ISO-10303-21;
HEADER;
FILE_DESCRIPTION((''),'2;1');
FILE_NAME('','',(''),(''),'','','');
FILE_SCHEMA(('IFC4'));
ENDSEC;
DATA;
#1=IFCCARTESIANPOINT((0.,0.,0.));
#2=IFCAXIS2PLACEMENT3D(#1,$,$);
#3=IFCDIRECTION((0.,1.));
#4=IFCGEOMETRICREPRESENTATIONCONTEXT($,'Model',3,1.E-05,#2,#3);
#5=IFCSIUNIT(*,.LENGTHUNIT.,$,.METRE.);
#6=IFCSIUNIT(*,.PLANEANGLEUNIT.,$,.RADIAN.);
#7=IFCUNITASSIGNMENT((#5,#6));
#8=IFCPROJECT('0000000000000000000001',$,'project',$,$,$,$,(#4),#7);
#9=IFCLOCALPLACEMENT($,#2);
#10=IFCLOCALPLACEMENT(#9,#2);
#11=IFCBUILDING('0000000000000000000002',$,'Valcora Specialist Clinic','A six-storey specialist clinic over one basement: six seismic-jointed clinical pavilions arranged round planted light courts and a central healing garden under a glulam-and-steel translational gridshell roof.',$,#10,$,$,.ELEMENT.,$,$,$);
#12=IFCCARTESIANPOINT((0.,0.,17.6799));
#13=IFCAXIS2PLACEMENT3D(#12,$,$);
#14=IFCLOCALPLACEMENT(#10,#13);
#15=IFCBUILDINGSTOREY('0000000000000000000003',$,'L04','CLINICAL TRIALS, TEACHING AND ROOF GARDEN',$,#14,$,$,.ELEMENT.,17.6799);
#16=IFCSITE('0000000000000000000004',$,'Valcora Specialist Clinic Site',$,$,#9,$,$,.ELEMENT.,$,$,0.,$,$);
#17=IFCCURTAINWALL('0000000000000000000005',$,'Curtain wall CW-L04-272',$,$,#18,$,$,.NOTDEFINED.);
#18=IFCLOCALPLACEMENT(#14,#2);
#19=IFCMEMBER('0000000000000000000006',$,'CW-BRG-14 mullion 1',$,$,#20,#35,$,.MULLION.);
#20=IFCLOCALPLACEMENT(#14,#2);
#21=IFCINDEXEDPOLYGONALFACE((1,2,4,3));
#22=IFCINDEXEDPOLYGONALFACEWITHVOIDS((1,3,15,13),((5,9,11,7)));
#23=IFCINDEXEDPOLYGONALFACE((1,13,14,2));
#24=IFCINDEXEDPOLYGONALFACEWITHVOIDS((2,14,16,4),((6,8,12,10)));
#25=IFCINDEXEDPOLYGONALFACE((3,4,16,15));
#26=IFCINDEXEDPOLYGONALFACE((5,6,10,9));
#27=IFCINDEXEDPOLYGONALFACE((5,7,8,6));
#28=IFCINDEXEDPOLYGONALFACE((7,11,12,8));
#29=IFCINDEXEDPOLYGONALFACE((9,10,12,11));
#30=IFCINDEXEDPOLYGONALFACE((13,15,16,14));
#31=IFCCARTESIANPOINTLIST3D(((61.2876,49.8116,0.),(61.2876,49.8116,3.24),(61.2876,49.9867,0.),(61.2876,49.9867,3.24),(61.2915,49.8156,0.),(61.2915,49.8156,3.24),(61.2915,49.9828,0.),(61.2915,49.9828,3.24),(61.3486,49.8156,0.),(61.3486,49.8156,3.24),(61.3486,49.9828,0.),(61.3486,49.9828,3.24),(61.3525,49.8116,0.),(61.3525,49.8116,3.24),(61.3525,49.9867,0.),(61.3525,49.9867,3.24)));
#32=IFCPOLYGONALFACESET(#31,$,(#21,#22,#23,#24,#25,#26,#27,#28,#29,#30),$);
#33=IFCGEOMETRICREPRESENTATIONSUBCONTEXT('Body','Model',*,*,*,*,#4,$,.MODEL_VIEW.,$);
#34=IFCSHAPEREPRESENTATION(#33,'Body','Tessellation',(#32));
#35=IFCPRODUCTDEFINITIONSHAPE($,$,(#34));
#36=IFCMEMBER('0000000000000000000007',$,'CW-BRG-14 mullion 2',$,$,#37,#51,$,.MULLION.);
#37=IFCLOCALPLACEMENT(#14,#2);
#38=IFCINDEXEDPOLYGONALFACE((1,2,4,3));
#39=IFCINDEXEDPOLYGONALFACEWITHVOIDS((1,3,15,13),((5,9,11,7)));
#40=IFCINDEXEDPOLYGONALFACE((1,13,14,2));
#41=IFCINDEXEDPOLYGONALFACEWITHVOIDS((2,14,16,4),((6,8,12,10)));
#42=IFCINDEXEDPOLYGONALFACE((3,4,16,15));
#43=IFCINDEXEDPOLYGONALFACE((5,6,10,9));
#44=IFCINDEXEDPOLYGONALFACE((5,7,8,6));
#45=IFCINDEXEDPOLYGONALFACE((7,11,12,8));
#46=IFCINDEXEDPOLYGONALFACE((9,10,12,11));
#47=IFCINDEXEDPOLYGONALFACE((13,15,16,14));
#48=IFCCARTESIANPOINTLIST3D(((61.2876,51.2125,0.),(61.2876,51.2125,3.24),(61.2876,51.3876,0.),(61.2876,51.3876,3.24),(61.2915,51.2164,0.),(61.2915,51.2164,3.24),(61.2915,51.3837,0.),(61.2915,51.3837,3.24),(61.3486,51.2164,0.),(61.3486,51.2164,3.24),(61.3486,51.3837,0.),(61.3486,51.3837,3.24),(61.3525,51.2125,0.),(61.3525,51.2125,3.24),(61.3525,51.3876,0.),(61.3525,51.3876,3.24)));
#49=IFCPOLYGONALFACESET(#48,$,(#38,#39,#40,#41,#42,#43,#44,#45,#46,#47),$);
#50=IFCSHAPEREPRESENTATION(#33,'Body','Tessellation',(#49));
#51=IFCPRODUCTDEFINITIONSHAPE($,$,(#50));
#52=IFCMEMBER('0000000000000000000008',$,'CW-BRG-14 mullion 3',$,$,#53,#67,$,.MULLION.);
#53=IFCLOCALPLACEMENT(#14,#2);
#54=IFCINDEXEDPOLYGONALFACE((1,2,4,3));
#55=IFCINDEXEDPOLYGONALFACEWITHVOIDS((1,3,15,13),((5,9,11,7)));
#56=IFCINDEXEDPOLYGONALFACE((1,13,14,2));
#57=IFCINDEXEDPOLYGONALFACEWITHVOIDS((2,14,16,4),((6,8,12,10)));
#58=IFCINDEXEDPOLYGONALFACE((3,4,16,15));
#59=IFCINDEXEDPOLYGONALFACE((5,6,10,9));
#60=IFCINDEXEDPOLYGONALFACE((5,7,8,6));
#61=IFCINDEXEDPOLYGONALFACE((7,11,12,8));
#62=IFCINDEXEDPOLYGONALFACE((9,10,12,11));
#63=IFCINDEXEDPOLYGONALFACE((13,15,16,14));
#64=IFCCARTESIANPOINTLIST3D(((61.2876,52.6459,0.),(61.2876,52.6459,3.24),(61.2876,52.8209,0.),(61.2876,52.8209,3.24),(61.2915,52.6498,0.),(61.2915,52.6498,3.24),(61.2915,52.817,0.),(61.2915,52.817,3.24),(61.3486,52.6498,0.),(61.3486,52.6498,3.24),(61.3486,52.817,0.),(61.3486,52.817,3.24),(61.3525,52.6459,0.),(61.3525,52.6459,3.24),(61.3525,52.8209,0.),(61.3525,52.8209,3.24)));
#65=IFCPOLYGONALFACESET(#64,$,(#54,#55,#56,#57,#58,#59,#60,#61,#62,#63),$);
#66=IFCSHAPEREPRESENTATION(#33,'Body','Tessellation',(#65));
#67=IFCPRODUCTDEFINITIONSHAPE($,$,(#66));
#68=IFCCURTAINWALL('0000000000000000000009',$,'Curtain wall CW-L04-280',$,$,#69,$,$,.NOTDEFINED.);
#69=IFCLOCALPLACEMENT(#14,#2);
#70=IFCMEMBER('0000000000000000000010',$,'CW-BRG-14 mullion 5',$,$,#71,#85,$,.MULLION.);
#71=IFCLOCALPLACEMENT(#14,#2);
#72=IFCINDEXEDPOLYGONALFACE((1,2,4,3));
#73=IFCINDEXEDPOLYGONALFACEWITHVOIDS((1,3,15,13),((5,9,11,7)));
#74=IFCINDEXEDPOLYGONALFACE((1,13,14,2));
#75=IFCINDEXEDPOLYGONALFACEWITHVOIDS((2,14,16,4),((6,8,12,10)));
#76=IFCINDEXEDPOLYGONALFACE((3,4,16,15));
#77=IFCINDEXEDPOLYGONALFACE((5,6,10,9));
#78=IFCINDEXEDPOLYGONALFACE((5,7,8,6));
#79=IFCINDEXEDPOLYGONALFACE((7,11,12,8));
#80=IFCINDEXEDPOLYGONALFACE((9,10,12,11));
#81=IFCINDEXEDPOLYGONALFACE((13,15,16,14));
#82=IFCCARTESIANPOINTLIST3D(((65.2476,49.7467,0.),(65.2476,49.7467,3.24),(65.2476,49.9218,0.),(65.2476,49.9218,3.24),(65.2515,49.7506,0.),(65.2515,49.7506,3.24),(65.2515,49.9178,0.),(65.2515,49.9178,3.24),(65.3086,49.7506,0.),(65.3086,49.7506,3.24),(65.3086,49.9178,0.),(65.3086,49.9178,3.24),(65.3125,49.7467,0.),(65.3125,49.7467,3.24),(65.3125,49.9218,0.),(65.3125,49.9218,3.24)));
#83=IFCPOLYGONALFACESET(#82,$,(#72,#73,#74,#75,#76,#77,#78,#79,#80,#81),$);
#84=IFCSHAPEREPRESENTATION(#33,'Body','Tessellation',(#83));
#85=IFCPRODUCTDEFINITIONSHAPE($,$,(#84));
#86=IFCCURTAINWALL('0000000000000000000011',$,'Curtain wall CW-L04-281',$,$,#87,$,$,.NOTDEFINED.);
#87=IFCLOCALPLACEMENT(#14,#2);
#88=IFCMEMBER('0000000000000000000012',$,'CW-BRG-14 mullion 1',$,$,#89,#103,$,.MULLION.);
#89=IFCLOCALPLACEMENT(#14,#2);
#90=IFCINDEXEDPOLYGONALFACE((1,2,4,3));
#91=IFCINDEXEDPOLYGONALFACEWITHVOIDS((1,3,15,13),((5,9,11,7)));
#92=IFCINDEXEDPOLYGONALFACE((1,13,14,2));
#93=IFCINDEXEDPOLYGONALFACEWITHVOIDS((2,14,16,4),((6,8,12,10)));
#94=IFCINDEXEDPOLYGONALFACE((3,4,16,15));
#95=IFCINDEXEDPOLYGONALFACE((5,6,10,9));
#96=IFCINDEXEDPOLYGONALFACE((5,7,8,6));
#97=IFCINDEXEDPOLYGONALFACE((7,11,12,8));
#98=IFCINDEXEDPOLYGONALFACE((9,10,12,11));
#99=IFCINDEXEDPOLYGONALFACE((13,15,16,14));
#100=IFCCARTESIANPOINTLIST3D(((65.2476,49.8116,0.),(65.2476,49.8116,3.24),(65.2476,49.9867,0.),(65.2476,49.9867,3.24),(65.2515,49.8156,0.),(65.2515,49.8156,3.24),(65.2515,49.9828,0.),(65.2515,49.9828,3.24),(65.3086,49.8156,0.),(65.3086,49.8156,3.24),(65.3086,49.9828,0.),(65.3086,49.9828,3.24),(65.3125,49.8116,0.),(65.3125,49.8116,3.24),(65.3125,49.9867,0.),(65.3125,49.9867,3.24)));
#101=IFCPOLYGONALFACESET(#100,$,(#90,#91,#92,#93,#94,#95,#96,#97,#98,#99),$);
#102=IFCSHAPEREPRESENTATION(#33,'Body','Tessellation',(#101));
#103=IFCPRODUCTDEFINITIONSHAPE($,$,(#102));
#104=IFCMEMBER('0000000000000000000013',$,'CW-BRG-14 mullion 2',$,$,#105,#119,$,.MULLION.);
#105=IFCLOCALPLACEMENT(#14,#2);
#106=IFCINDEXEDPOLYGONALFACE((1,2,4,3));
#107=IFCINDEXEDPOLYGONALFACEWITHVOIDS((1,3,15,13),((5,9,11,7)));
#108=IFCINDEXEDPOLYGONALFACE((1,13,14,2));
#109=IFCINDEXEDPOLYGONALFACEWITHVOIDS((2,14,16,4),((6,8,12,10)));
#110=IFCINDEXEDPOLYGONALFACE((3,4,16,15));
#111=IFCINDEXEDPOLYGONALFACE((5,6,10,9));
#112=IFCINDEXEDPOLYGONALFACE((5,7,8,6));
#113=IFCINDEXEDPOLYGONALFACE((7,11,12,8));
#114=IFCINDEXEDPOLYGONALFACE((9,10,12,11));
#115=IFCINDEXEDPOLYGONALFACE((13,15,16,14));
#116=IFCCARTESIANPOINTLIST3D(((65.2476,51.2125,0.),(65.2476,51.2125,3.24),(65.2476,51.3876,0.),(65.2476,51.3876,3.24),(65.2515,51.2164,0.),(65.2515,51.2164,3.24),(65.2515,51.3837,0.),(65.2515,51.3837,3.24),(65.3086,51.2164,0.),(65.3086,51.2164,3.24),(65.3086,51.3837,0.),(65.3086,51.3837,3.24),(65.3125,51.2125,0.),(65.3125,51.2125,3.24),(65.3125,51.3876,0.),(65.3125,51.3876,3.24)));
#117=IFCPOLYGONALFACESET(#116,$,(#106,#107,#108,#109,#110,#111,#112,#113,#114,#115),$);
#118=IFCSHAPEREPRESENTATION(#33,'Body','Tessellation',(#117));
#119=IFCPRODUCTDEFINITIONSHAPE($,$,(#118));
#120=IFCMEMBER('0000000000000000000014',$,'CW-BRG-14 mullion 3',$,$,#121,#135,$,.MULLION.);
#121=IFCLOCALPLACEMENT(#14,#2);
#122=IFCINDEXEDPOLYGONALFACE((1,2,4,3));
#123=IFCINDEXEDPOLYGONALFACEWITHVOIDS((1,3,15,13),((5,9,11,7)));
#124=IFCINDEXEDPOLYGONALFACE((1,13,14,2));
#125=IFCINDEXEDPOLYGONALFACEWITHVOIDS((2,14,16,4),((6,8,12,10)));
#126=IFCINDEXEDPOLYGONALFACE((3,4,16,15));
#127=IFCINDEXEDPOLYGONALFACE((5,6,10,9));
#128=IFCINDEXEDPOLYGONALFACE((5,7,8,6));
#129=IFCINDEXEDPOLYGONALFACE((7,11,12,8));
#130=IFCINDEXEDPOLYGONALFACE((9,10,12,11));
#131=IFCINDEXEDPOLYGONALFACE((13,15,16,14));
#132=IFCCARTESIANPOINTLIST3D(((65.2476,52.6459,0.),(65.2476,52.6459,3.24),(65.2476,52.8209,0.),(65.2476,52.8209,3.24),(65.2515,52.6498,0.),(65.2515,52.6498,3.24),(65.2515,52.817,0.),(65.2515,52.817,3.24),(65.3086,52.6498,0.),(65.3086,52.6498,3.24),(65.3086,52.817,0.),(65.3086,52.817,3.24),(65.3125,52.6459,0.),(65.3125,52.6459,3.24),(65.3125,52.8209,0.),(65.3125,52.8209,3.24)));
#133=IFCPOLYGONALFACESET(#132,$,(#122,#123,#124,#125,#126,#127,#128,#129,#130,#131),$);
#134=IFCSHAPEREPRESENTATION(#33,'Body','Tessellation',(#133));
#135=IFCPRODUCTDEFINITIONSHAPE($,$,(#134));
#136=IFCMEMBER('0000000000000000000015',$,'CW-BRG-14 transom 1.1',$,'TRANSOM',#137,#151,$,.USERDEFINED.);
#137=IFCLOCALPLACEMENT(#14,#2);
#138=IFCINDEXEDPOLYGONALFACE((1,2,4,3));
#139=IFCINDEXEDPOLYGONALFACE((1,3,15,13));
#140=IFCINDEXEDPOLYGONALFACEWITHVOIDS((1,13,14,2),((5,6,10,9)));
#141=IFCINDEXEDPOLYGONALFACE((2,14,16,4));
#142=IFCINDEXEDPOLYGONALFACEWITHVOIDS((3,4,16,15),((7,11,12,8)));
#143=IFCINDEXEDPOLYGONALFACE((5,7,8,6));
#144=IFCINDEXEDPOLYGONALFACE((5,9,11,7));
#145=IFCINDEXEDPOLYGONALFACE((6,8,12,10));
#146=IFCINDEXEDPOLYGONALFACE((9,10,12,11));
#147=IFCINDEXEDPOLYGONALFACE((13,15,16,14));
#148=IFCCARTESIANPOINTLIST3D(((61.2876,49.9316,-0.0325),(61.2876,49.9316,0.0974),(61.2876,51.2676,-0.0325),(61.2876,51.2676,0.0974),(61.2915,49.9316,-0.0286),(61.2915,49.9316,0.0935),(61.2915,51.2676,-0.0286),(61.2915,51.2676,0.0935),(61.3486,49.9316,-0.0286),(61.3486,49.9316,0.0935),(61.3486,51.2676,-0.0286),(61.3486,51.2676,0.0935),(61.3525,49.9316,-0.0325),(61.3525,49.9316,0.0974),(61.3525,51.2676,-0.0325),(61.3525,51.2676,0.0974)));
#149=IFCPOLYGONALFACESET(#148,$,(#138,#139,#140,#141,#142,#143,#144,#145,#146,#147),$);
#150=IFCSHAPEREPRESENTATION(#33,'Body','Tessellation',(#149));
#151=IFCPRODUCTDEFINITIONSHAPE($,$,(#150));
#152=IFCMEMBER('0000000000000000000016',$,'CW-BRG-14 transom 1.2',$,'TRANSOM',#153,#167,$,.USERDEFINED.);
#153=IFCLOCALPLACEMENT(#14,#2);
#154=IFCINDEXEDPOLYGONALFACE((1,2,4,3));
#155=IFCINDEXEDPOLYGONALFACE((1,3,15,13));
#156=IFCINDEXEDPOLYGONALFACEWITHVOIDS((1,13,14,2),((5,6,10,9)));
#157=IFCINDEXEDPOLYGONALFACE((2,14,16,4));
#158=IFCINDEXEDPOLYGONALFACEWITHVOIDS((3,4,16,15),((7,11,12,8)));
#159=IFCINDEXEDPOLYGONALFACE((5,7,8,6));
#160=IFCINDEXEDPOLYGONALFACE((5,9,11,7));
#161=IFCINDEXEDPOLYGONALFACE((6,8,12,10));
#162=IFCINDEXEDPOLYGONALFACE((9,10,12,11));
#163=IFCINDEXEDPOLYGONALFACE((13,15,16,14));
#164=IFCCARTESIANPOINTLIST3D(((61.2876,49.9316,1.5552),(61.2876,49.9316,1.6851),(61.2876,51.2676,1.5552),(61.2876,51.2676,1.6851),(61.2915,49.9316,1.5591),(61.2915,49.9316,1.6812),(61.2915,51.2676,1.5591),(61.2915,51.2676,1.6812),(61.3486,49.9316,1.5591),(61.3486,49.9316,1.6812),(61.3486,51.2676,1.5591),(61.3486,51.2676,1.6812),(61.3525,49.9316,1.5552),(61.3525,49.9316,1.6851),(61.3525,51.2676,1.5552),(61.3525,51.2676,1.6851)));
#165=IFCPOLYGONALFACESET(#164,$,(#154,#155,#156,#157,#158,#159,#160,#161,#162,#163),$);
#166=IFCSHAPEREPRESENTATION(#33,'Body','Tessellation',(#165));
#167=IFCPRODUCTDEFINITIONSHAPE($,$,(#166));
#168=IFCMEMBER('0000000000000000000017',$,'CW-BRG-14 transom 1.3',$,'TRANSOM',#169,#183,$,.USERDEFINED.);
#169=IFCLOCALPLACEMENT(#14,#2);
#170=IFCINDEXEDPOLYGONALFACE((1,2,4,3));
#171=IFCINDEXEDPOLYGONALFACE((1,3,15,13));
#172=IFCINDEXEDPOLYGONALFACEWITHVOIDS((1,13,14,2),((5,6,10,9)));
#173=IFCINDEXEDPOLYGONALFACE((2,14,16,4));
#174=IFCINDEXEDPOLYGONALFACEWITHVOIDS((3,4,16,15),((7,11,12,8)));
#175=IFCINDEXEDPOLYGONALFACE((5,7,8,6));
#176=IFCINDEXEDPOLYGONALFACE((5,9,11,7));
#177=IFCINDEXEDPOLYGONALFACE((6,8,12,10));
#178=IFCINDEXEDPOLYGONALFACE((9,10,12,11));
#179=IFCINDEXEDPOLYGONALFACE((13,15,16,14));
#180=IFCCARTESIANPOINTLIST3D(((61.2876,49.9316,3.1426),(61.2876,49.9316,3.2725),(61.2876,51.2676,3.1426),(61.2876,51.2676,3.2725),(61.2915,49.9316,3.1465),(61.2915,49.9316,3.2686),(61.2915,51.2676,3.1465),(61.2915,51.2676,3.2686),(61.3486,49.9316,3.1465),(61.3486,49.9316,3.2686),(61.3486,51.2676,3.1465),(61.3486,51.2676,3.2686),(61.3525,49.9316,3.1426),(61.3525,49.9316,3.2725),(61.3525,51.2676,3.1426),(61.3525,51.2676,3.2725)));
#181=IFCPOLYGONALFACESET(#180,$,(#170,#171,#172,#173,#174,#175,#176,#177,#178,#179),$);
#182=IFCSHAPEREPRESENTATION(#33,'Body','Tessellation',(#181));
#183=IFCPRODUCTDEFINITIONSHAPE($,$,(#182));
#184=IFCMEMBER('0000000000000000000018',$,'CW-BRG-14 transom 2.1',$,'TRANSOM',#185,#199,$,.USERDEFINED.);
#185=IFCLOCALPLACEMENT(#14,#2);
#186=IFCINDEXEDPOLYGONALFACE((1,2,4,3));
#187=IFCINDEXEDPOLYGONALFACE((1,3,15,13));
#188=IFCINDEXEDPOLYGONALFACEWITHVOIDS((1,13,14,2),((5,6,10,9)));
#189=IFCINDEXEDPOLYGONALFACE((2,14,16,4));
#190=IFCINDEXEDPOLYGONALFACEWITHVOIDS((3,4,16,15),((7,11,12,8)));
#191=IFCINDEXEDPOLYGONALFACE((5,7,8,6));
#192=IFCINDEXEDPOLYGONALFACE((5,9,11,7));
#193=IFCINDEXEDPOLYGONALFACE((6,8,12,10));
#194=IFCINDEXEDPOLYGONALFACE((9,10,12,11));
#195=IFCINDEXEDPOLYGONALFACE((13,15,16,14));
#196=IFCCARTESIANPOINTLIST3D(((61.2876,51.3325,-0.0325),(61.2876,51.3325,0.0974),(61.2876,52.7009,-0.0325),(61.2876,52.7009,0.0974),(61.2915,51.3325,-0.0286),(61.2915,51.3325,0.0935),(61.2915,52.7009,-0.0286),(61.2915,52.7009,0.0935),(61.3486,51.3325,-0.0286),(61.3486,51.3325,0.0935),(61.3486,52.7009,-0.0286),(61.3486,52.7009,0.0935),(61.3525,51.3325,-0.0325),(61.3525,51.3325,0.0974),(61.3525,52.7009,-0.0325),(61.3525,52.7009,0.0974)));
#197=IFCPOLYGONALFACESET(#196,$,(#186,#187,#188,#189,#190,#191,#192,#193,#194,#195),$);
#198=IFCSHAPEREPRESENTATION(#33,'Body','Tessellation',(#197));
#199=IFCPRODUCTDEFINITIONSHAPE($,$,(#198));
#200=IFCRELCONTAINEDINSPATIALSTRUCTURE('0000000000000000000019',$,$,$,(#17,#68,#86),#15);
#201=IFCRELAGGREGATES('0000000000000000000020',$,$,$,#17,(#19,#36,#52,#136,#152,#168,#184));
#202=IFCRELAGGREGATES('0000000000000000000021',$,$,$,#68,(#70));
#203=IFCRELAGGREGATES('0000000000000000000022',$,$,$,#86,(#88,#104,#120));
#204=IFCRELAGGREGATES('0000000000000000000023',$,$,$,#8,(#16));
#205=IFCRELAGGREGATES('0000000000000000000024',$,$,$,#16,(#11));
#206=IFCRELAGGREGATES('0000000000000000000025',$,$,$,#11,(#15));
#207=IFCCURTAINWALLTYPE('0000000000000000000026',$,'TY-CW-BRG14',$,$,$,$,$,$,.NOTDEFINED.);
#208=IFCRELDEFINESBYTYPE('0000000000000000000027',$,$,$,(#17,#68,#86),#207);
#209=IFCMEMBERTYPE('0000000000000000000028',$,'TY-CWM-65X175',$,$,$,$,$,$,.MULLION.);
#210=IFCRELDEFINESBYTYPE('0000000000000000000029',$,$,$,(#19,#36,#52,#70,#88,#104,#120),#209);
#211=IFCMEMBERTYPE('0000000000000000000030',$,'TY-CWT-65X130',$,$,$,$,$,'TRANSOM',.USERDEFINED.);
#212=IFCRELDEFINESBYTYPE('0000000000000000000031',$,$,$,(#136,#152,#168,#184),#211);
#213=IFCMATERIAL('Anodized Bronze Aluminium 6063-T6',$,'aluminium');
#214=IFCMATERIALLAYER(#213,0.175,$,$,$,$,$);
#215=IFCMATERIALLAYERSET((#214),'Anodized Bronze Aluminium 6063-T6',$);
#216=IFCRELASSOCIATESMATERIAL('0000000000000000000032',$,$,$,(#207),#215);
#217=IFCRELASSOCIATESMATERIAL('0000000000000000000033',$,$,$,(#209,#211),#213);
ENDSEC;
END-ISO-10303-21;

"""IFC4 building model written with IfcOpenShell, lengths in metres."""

from ifc_helpers import new_model, si_unit, direction, frame, origin, origin_2d, place, context, subcontext, project, spatial, hollow_rectangle, extrude, material, layer, layer_set, material_profile, profile_set, type_object, element, aggregate, save


model = new_model("IFC4")

# Units and contexts
model_context = context("Model", 3, precision=1e-05, world=origin(), true_north=direction((0.0, 1.0)))
body_context = subcontext(model_context, "Body", "Model", "MODEL_VIEW")
ifc_project = project(units=[si_unit("LENGTHUNIT", "METRE"), si_unit("PLANEANGLEUNIT", "RADIAN")], contexts=[model_context])

# Site, building, storey
site_placement = place(None, origin())
site = spatial("IfcSite", under=ifc_project, at=site_placement, Name="Valcora Specialist Clinic Site", CompositionType="ELEMENT", RefElevation=0.0)
building_placement = place(site_placement, origin())
building = spatial("IfcBuilding", under=site, at=building_placement, Name="Valcora Specialist Clinic", Description="A six-storey specialist clinic over one basement: six seismic-jointed clinical pavilions arranged round planted light courts and a central healing garden under a glulam-and-steel translational gridshell roof.", CompositionType="ELEMENT")
storey_placement = place(building_placement, frame((0.0, 0.0, 17.6799)))
storey = spatial("IfcBuildingStorey", under=building, at=storey_placement, Name="L04", Description="CLINICAL TRIALS, TEACHING AND ROOF GARDEN", CompositionType="ELEMENT", Elevation=17.6799)

# Curtain wall, members
ifc_material_1 = material(Name="Anodized Bronze Aluminium 6063-T6", Category="aluminium")
ifc_layer_1 = layer(ifc_material_1, 0.175)
ifc_layer_set_1 = layer_set([ifc_layer_1], Name="Anodized Bronze Aluminium 6063-T6")
curtain_wall_type = type_object("IfcCurtainWallType", Name="TY-CW-BRG14", PredefinedType="NOTDEFINED", material=ifc_layer_set_1)
curtain_wall_1_placement = place(storey_placement, origin())
curtain_wall_1 = element("IfcCurtainWall", 1, at=curtain_wall_1_placement, inside=storey, type_object=curtain_wall_type, Name="Curtain wall CW-L04-272", PredefinedType="NOTDEFINED")
ifc_material_profile_1 = material_profile(ifc_material_1, hollow_rectangle(XDim=0.0649, YDim=0.175, WallThickness=0.0039, at=origin_2d()), Name="AL-MUL-65X175")
ifc_profile_set_1 = profile_set([ifc_material_profile_1], Name="Anodized Bronze Aluminium 6063-T6")
member_type_1 = type_object("IfcMemberType", Name="TY-CWM-65X175", PredefinedType="MULLION", material=ifc_profile_set_1)
member_1_placement = place(storey_placement, frame((61.3201, 49.8992, 0.0), z_axis=(0.0, 0.0, 1.0), x_axis=(-1.0, 0.0, 0.0)))
member_1 = element("IfcMember", 2, at=member_1_placement, type_object=member_type_1, Name="CW-BRG-14 mullion 1", PredefinedType="MULLION", context=body_context, shape_type="SweptSolid", body=[
    extrude(hollow_rectangle(XDim=0.0649, YDim=0.175, WallThickness=0.0039, at=origin_2d()), origin(), (0.0, 0.0, 1.0), 3.24),
])
member_2_placement = place(storey_placement, frame((61.3201, 51.3, 0.0), z_axis=(0.0, 0.0, 1.0), x_axis=(-1.0, 0.0, 0.0)))
member_2 = element("IfcMember", 3, at=member_2_placement, type_object=member_type_1, Name="CW-BRG-14 mullion 2", PredefinedType="MULLION", context=body_context, shape_type="SweptSolid", body=[
    extrude(hollow_rectangle(XDim=0.0649, YDim=0.175, WallThickness=0.0039, at=origin_2d()), origin(), (0.0, 0.0, 1.0), 3.24),
])
member_3_placement = place(storey_placement, frame((61.3201, 52.7334, 0.0), z_axis=(0.0, 0.0, 1.0), x_axis=(-1.0, 0.0, 0.0)))
member_3 = element("IfcMember", 4, at=member_3_placement, type_object=member_type_1, Name="CW-BRG-14 mullion 3", PredefinedType="MULLION", context=body_context, shape_type="SweptSolid", body=[
    extrude(hollow_rectangle(XDim=0.0649, YDim=0.175, WallThickness=0.0039, at=origin_2d()), origin(), (0.0, 0.0, 1.0), 3.24),
])

# Curtain wall, member
curtain_wall_2_placement = place(storey_placement, origin())
curtain_wall_2 = element("IfcCurtainWall", 5, at=curtain_wall_2_placement, inside=storey, type_object=curtain_wall_type, Name="Curtain wall CW-L04-280", PredefinedType="NOTDEFINED")
member_4_placement = place(storey_placement, frame((65.28, 49.8342, 0.0), z_axis=(0.0, 0.0, 1.0), x_axis=(-1.0, 0.0, 0.0)))
member_4 = element("IfcMember", 6, at=member_4_placement, type_object=member_type_1, Name="CW-BRG-14 mullion 5", PredefinedType="MULLION", context=body_context, shape_type="SweptSolid", body=[
    extrude(hollow_rectangle(XDim=0.0649, YDim=0.175, WallThickness=0.0039, at=origin_2d()), origin(), (0.0, 0.0, 1.0), 3.24),
])

# Curtain wall, members
curtain_wall_3_placement = place(storey_placement, origin())
curtain_wall_3 = element("IfcCurtainWall", 7, at=curtain_wall_3_placement, inside=storey, type_object=curtain_wall_type, Name="Curtain wall CW-L04-281", PredefinedType="NOTDEFINED")
member_5_placement = place(storey_placement, frame((65.28, 49.8992, 0.0), z_axis=(0.0, 0.0, 1.0), x_axis=(-1.0, 0.0, 0.0)))
member_5 = element("IfcMember", 8, at=member_5_placement, type_object=member_type_1, Name="CW-BRG-14 mullion 1", PredefinedType="MULLION", context=body_context, shape_type="SweptSolid", body=[
    extrude(hollow_rectangle(XDim=0.0649, YDim=0.175, WallThickness=0.0039, at=origin_2d()), origin(), (0.0, 0.0, 1.0), 3.24),
])
member_6_placement = place(storey_placement, frame((65.28, 51.3, 0.0), z_axis=(0.0, 0.0, 1.0), x_axis=(-1.0, 0.0, 0.0)))
member_6 = element("IfcMember", 9, at=member_6_placement, type_object=member_type_1, Name="CW-BRG-14 mullion 2", PredefinedType="MULLION", context=body_context, shape_type="SweptSolid", body=[
    extrude(hollow_rectangle(XDim=0.0649, YDim=0.175, WallThickness=0.0039, at=origin_2d()), origin(), (0.0, 0.0, 1.0), 3.24),
])
member_7_placement = place(storey_placement, frame((65.28, 52.7334, 0.0), z_axis=(0.0, 0.0, 1.0), x_axis=(-1.0, 0.0, 0.0)))
member_7 = element("IfcMember", 10, at=member_7_placement, type_object=member_type_1, Name="CW-BRG-14 mullion 3", PredefinedType="MULLION", context=body_context, shape_type="SweptSolid", body=[
    extrude(hollow_rectangle(XDim=0.0649, YDim=0.175, WallThickness=0.0039, at=origin_2d()), origin(), (0.0, 0.0, 1.0), 3.24),
])

# Members
ifc_material_profile_2 = material_profile(ifc_material_1, hollow_rectangle(XDim=0.0649, YDim=0.1299, WallThickness=0.0039, at=origin_2d()), Name="AL-TRN-65X130")
ifc_profile_set_2 = profile_set([ifc_material_profile_2], Name="Anodized Bronze Aluminium 6063-T6")
member_type_2 = type_object("IfcMemberType", Name="TY-CWT-65X130", ElementType="TRANSOM", PredefinedType="USERDEFINED", material=ifc_profile_set_2)
member_8_placement = place(storey_placement, frame((61.3201, 49.9316, 0.0325), z_axis=(0.0, 1.0, 0.0), x_axis=(-1.0, 0.0, 0.0)))
member_8 = element("IfcMember", 11, at=member_8_placement, type_object=member_type_2, Name="CW-BRG-14 transom 1.1", ObjectType="TRANSOM", PredefinedType="USERDEFINED", context=body_context, shape_type="SweptSolid", body=[
    extrude(hollow_rectangle(XDim=0.0649, YDim=0.1299, WallThickness=0.0039, at=origin_2d()), origin(), (0.0, 0.0, 1.0), 1.3359),
])
member_9_placement = place(storey_placement, frame((61.3201, 49.9316, 1.6201), z_axis=(0.0, 1.0, 0.0), x_axis=(-1.0, 0.0, 0.0)))
member_9 = element("IfcMember", 12, at=member_9_placement, type_object=member_type_2, Name="CW-BRG-14 transom 1.2", ObjectType="TRANSOM", PredefinedType="USERDEFINED", context=body_context, shape_type="SweptSolid", body=[
    extrude(hollow_rectangle(XDim=0.0649, YDim=0.1299, WallThickness=0.0039, at=origin_2d()), origin(), (0.0, 0.0, 1.0), 1.3359),
])
member_10_placement = place(storey_placement, frame((61.3201, 49.9316, 3.2075), z_axis=(0.0, 1.0, 0.0), x_axis=(-1.0, 0.0, 0.0)))
member_10 = element("IfcMember", 13, at=member_10_placement, type_object=member_type_2, Name="CW-BRG-14 transom 1.3", ObjectType="TRANSOM", PredefinedType="USERDEFINED", context=body_context, shape_type="SweptSolid", body=[
    extrude(hollow_rectangle(XDim=0.0649, YDim=0.1299, WallThickness=0.0039, at=origin_2d()), origin(), (0.0, 0.0, 1.0), 1.3359),
])
member_11_placement = place(storey_placement, frame((61.3201, 51.3325, 0.0325), z_axis=(0.0, 1.0, 0.0), x_axis=(-1.0, 0.0, 0.0)))
member_11 = element("IfcMember", 14, at=member_11_placement, type_object=member_type_2, Name="CW-BRG-14 transom 2.1", ObjectType="TRANSOM", PredefinedType="USERDEFINED", context=body_context, shape_type="SweptSolid", body=[
    extrude(hollow_rectangle(XDim=0.0649, YDim=0.1299, WallThickness=0.0039, at=origin_2d()), origin(), (0.0, 0.0, 1.0), 1.3684),
])

aggregate(curtain_wall_1, [member_1, member_2, member_3, member_8, member_9, member_10, member_11])
aggregate(curtain_wall_2, [member_4])

aggregate(curtain_wall_3, [member_5, member_6, member_7])

save(model, "model.ifc")
